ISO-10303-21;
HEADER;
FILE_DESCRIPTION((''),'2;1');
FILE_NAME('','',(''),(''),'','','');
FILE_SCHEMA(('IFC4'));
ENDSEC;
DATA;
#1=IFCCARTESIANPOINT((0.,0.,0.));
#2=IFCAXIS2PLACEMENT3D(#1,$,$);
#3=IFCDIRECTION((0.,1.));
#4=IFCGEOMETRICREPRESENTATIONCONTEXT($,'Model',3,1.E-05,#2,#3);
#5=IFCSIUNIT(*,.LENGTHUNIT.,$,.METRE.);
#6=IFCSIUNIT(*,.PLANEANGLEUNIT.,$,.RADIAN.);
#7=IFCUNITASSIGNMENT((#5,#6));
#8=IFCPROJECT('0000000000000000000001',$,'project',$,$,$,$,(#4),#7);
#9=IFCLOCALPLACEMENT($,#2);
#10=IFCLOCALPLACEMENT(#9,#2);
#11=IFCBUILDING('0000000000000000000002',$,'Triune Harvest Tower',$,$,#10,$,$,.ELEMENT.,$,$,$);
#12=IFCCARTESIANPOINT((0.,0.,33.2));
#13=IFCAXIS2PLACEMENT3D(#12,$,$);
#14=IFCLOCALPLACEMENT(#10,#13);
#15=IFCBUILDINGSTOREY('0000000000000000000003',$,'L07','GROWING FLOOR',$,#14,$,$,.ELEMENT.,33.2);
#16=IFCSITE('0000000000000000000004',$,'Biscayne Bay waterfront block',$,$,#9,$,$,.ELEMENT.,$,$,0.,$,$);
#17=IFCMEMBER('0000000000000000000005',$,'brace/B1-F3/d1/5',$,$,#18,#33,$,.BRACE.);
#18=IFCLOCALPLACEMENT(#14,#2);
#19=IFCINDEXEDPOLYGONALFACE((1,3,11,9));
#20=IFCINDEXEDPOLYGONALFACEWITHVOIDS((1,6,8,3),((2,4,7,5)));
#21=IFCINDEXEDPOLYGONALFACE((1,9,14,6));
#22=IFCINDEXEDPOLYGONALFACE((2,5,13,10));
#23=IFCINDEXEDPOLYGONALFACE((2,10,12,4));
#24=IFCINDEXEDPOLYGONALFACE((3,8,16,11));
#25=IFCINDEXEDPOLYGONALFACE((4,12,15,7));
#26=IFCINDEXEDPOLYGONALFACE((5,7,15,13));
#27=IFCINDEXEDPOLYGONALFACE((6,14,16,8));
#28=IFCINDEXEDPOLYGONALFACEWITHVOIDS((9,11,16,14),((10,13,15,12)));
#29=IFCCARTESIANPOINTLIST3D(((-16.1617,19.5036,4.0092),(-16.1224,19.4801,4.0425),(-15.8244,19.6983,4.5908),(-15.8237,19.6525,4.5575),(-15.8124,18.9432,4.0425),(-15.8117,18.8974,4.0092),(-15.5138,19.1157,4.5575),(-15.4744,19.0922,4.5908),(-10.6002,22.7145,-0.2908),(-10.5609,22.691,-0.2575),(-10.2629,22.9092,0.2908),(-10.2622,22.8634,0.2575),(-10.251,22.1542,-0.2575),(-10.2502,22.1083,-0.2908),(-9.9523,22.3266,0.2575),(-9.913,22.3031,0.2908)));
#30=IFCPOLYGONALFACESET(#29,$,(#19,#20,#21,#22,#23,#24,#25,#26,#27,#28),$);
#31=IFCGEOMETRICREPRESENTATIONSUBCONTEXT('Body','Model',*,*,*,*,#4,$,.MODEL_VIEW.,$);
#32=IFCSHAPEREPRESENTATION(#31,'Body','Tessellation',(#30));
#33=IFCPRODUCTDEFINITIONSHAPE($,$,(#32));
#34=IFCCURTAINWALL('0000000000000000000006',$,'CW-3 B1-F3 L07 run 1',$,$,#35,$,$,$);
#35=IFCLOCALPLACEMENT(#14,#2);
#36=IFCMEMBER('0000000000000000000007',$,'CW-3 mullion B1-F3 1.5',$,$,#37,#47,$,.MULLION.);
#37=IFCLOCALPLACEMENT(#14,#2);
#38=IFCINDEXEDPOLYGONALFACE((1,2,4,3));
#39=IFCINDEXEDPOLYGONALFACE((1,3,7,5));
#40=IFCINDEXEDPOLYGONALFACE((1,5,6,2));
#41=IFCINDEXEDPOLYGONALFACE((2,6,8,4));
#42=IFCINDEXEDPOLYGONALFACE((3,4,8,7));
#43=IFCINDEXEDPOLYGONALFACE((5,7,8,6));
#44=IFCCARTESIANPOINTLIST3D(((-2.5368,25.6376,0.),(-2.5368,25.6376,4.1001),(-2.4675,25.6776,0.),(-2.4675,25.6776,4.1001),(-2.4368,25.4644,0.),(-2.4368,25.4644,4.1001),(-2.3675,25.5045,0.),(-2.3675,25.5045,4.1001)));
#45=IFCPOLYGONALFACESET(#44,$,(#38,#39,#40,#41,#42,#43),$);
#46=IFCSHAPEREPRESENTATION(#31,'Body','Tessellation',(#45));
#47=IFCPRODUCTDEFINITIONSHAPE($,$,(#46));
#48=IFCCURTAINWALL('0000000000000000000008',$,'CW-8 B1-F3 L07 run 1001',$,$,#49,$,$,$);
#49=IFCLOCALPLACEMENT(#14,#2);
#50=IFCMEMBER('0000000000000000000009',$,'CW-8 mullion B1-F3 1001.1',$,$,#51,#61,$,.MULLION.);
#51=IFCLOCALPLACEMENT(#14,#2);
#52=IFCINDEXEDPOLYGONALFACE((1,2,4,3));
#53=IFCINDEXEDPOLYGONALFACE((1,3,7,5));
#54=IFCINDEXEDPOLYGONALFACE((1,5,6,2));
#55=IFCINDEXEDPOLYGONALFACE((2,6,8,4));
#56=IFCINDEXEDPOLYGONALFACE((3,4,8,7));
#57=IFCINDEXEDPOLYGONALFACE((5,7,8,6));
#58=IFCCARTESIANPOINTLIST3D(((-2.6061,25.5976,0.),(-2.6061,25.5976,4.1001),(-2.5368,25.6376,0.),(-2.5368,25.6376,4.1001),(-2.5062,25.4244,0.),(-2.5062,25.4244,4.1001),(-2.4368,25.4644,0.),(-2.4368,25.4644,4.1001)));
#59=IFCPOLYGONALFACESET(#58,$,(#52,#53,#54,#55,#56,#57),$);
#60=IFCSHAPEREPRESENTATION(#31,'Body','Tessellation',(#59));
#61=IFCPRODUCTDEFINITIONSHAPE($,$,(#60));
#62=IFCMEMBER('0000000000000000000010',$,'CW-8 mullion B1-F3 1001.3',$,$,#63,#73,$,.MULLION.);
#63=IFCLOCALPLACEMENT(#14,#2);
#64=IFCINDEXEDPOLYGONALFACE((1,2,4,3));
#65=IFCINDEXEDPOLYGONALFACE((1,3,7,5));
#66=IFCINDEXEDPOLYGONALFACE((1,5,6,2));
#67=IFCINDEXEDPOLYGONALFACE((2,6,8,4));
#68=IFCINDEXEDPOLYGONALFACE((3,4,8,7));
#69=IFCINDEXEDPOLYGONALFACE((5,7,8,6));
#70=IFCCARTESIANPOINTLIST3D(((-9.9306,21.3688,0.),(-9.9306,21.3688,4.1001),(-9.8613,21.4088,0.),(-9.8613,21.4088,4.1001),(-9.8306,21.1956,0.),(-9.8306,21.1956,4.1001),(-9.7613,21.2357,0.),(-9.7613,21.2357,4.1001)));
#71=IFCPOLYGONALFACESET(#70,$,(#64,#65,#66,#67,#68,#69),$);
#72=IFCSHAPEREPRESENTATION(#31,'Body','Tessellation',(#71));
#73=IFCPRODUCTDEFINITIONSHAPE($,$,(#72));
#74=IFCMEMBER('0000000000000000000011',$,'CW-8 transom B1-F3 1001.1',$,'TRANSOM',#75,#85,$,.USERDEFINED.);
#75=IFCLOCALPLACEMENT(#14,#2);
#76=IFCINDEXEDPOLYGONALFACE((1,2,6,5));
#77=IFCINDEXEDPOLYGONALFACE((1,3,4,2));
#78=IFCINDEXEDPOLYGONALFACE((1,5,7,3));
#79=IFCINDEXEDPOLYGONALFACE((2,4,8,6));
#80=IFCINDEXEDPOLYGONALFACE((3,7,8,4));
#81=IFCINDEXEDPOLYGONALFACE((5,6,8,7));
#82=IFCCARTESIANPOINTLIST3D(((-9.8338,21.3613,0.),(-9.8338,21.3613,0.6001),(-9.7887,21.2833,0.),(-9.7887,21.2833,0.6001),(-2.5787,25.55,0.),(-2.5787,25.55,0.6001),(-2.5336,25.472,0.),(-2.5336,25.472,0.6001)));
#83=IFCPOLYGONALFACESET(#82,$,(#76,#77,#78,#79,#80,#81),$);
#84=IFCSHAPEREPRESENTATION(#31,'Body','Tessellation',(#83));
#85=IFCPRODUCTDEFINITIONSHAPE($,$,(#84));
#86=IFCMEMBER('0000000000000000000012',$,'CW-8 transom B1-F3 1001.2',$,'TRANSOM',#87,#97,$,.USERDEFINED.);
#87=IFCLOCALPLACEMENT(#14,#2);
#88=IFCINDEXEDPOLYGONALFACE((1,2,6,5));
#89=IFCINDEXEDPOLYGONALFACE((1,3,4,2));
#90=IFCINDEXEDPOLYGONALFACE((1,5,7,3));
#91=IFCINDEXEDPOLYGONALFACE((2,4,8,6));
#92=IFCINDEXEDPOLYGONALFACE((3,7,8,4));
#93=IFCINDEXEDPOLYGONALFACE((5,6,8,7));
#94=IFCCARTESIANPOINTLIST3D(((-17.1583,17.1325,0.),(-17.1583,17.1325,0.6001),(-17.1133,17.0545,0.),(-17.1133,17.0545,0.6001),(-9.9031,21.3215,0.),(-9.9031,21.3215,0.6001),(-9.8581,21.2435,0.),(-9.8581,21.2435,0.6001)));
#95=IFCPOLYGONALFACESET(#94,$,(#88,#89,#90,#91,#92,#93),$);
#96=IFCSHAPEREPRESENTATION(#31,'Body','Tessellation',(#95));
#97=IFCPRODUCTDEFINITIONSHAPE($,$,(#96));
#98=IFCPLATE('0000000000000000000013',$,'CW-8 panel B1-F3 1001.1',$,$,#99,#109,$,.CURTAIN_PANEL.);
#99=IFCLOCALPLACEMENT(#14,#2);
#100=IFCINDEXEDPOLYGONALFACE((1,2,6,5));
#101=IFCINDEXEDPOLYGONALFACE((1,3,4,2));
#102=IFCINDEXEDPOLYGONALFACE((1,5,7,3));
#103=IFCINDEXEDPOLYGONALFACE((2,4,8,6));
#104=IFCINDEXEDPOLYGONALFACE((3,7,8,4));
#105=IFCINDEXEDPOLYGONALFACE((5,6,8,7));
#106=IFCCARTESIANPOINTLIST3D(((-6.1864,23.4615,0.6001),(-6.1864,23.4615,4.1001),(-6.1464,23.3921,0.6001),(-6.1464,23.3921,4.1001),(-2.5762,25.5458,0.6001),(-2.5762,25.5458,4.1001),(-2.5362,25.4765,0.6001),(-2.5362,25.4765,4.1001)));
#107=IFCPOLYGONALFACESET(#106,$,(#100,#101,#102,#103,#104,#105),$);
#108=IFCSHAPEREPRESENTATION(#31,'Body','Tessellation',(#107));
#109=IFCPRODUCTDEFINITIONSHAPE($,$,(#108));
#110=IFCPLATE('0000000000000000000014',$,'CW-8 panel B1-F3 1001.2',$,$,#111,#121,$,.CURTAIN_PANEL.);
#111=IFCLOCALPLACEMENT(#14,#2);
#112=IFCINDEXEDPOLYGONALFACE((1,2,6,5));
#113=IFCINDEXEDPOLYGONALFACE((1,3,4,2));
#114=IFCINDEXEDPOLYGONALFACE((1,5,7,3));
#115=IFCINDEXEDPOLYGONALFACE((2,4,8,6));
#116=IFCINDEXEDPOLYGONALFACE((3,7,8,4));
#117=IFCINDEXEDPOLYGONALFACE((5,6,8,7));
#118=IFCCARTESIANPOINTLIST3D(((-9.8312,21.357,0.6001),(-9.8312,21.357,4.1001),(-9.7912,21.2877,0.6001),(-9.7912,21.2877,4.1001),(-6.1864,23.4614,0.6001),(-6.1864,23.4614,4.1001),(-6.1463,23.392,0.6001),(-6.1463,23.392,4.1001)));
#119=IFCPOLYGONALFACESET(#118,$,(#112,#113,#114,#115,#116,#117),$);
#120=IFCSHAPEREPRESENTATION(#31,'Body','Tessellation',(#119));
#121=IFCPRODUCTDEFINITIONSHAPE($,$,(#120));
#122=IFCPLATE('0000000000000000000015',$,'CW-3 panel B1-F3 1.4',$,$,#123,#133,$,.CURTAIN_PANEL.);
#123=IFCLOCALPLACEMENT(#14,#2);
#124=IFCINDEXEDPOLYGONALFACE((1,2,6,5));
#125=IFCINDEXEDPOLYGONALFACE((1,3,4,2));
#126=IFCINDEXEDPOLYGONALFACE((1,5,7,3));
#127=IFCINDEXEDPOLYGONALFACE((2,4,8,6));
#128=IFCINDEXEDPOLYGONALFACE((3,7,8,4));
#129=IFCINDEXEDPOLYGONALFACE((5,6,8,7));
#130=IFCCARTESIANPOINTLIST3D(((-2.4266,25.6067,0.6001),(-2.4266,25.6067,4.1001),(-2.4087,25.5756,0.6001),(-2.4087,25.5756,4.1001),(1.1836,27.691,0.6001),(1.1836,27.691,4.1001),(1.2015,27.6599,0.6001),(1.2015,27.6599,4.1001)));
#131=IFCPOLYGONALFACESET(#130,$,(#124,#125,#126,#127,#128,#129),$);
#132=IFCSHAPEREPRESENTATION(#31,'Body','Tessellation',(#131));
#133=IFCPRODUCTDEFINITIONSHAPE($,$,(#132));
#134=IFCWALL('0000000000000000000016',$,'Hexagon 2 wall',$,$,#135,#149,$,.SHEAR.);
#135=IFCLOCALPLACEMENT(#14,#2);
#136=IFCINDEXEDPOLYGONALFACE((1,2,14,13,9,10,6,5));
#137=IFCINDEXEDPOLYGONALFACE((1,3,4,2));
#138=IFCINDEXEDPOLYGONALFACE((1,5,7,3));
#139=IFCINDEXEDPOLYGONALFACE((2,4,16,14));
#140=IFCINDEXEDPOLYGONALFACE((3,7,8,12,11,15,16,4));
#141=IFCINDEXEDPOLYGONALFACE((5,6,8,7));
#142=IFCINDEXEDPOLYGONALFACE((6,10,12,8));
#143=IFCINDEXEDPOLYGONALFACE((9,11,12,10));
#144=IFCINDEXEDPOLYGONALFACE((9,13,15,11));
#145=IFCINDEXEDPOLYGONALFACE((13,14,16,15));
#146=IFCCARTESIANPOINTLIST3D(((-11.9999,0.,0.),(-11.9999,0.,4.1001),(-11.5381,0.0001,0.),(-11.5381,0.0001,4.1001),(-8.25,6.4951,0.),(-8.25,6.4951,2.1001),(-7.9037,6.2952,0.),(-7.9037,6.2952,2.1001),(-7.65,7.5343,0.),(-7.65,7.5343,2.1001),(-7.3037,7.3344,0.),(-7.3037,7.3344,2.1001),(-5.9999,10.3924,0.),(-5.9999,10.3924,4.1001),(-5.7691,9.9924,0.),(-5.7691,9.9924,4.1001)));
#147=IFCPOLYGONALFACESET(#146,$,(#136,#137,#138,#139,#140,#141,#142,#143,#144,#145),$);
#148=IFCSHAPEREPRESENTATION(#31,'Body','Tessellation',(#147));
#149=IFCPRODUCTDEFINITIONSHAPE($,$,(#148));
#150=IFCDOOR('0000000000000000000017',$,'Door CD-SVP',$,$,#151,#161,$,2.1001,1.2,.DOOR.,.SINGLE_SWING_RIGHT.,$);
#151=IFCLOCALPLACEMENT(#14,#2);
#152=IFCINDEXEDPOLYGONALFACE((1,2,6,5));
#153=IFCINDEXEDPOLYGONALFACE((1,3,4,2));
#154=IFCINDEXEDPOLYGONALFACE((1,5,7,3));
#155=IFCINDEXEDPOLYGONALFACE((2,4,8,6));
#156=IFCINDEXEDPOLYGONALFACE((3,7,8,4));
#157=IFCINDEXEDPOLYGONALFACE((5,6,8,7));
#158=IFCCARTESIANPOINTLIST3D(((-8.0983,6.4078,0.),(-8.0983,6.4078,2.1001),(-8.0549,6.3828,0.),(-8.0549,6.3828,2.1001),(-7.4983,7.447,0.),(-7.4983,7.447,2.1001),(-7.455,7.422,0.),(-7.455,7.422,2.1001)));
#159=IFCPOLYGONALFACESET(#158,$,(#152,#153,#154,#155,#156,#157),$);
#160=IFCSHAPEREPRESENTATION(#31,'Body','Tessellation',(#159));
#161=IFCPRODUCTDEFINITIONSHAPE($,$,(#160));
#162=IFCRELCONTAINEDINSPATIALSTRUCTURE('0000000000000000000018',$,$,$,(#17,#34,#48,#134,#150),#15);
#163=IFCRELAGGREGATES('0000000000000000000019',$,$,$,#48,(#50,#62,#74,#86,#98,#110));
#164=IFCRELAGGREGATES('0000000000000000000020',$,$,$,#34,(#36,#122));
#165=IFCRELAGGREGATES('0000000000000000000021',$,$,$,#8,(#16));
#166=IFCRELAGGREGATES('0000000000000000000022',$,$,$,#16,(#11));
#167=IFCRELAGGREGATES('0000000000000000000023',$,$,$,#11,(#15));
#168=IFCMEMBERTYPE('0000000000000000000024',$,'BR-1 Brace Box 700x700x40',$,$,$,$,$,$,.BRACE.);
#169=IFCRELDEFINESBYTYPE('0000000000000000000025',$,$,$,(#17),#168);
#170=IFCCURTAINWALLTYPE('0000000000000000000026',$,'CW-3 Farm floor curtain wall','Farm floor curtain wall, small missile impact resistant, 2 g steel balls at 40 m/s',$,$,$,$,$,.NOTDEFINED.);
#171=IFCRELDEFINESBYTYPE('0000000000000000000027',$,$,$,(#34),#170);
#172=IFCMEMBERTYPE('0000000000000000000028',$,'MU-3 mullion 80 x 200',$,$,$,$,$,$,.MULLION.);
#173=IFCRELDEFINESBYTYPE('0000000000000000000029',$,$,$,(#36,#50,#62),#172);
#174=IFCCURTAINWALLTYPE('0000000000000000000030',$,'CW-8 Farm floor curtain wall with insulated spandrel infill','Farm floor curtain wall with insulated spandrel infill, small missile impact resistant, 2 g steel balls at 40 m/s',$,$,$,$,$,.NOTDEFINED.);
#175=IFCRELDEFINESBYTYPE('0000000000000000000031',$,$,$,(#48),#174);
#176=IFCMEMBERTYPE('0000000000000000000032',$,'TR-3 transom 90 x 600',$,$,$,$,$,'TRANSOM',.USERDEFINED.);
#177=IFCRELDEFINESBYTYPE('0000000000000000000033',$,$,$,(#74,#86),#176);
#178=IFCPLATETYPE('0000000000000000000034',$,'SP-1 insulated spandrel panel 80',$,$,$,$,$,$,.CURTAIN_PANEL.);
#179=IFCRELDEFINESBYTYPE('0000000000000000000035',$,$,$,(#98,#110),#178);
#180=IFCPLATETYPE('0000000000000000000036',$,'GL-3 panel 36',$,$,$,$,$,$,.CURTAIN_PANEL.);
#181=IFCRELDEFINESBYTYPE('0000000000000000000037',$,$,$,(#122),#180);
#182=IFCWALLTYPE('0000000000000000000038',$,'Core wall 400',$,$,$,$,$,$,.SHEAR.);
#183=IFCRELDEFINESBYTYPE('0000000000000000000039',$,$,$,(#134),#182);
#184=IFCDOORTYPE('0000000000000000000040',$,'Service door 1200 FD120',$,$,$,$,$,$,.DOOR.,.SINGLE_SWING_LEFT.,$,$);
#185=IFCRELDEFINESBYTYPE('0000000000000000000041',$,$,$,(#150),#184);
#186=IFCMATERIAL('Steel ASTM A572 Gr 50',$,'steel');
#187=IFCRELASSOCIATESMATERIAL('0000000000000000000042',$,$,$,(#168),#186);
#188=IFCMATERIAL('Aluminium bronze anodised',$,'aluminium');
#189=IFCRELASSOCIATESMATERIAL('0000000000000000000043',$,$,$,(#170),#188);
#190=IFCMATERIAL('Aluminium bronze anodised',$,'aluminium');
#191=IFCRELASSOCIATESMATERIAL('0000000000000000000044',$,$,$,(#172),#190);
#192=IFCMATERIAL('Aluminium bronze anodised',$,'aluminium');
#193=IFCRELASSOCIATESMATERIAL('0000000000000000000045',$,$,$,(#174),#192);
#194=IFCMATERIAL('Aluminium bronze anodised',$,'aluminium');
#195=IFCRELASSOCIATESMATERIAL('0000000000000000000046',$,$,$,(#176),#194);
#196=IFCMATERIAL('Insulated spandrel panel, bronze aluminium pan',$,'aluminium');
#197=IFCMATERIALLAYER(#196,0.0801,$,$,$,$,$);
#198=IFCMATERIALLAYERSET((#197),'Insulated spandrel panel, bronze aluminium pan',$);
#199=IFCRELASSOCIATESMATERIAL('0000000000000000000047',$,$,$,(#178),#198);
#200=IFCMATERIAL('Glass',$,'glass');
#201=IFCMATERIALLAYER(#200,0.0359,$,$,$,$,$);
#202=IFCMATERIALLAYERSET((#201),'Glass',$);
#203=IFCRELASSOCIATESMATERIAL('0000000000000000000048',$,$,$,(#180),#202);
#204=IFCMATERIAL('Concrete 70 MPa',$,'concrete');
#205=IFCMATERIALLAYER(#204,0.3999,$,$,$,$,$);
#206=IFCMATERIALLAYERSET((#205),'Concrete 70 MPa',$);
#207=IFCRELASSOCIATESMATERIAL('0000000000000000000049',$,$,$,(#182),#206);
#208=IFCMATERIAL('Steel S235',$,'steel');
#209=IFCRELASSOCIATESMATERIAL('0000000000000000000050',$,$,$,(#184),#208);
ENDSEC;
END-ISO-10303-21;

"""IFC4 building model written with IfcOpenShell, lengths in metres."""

from ifc_helpers import new_model, si_unit, direction, frame, frame_2d, origin, origin_2d, place, context, subcontext, project, spatial, polyline, rectangle, hollow_rectangle, outline, extrude, source, transform, mapped, material, layer, layer_set, material_profile, profile_set, type_object, element, fill, aggregate, save


model = new_model("IFC4")

# Units and contexts
model_context = context("Model", 3, precision=1e-05, world=origin(), true_north=direction((0.0, 1.0)))
body_context = subcontext(model_context, "Body", "Model", "MODEL_VIEW")
ifc_project = project(units=[si_unit("LENGTHUNIT", "METRE"), si_unit("PLANEANGLEUNIT", "RADIAN")], contexts=[model_context])

# Site, building, storey
site_placement = place(None, origin())
site = spatial("IfcSite", under=ifc_project, at=site_placement, Name="Biscayne Bay waterfront block", CompositionType="ELEMENT", RefElevation=0.0)
building_placement = place(site_placement, origin())
building = spatial("IfcBuilding", under=site, at=building_placement, Name="Triune Harvest Tower", CompositionType="ELEMENT")
storey_placement = place(building_placement, frame((0.0, 0.0, 33.2)))
storey = spatial("IfcBuildingStorey", under=building, at=storey_placement, Name="L07", Description="GROWING FLOOR", CompositionType="ELEMENT", Elevation=33.2)

# Member
ifc_material_1 = material(Name="Steel ASTM A572 Gr 50", Category="steel")
ifc_material_profile_1 = material_profile(ifc_material_1, hollow_rectangle(XDim=0.7, YDim=0.7, WallThickness=0.04, at=origin_2d()), Name="Box 700x700x40")
ifc_profile_set_1 = profile_set([ifc_material_profile_1], Name="Steel ASTM A572 Gr 50")
member_type_1 = type_object("IfcMemberType", Name="BR-1 Brace Box 700x700x40", PredefinedType="BRACE", material=ifc_profile_set_1)
shared_shape_1 = source(origin(), body_context, "Body", "SweptSolid", [
    extrude(hollow_rectangle(XDim=0.7, YDim=0.7, WallThickness=0.04, at=origin_2d()), origin(), (0.0, 0.0, 1.0), 7.7285),
])
member_1_placement = place(storey_placement, frame((-10.2566, 22.5088, 0.0), z_axis=(-0.719604, -0.415462, 0.556382), x_axis=(0.499999, -0.866026, 0.0)))
element("IfcMember", 1, at=member_1_placement, inside=storey, type_object=member_type_1, Name="brace/B1-F3/d1/5", PredefinedType="BRACE", context=body_context, shape_type="MappedRepresentation", body=[
    mapped(shared_shape_1, transform((0.0, 0.0, 0.0), scale=1.0)),
])

# Curtain wall, member
ifc_material_2 = material(Name="Aluminium bronze anodised", Category="aluminium")
curtain_wall_type_1 = type_object("IfcCurtainWallType", Name="CW-3 Farm floor curtain wall", Description="Farm floor curtain wall, small missile impact resistant, 2 g steel balls at 40 m/s", PredefinedType="NOTDEFINED", material=ifc_material_2)
curtain_wall_1_placement = place(storey_placement, origin())
curtain_wall_1 = element("IfcCurtainWall", 2, at=curtain_wall_1_placement, inside=storey, type_object=curtain_wall_type_1, Name="CW-3 B1-F3 L07 run 1")
ifc_material_3 = material(Name="Aluminium bronze anodised", Category="aluminium")
ifc_material_profile_2 = material_profile(ifc_material_3, rectangle(XDim=0.2, YDim=0.0801, at=origin_2d()), Name="MU-3 mullion 80 x 200")
ifc_profile_set_2 = profile_set([ifc_material_profile_2], Name="Aluminium bronze anodised")
member_type_2 = type_object("IfcMemberType", Name="MU-3 mullion 80 x 200", PredefinedType="MULLION", material=ifc_profile_set_2)
shared_shape_2 = source(origin(), body_context, "Body", "SweptSolid", [
    extrude(rectangle(XDim=0.2, YDim=0.0801, at=origin_2d()), origin(), (0.0, 0.0, 1.0), 4.1001),
])
member_2_placement = place(storey_placement, frame((-2.4521, 25.571, 0.0), z_axis=(0.0, 0.0, 1.0), x_axis=(0.500001, -0.866025, 0.0)))
member_2 = element("IfcMember", 3, at=member_2_placement, type_object=member_type_2, Name="CW-3 mullion B1-F3 1.5", PredefinedType="MULLION", context=body_context, shape_type="MappedRepresentation", body=[
    mapped(shared_shape_2, transform((0.0, 0.0, 0.0), scale=1.0)),
])

# Curtain wall, members, plates
ifc_material_4 = material(Name="Aluminium bronze anodised", Category="aluminium")
curtain_wall_type_2 = type_object("IfcCurtainWallType", Name="CW-8 Farm floor curtain wall with insulated spandrel infill", Description="Farm floor curtain wall with insulated spandrel infill, small missile impact resistant, 2 g steel balls at 40 m/s", PredefinedType="NOTDEFINED", material=ifc_material_4)
curtain_wall_2_placement = place(storey_placement, origin())
curtain_wall_2 = element("IfcCurtainWall", 4, at=curtain_wall_2_placement, inside=storey, type_object=curtain_wall_type_2, Name="CW-8 B1-F3 L07 run 1001")
member_3_placement = place(storey_placement, frame((-2.5215, 25.531, 0.0), z_axis=(0.0, 0.0, 1.0), x_axis=(0.5, -0.866025, 0.0)))
member_3 = element("IfcMember", 5, at=member_3_placement, type_object=member_type_2, Name="CW-8 mullion B1-F3 1001.1", PredefinedType="MULLION", context=body_context, shape_type="MappedRepresentation", body=[
    mapped(shared_shape_2, transform((0.0, 0.0, 0.0), scale=1.0)),
])
member_4_placement = place(storey_placement, frame((-9.8459, 21.3022, 0.0), z_axis=(0.0, 0.0, 1.0), x_axis=(0.5, -0.866025, 0.0)))
member_4 = element("IfcMember", 6, at=member_4_placement, type_object=member_type_2, Name="CW-8 mullion B1-F3 1001.3", PredefinedType="MULLION", context=body_context, shape_type="MappedRepresentation", body=[
    mapped(shared_shape_2, transform((0.0, 0.0, 0.0), scale=1.0)),
])
ifc_material_5 = material(Name="Aluminium bronze anodised", Category="aluminium")
ifc_material_profile_3 = material_profile(ifc_material_5, rectangle(XDim=0.0901, YDim=0.6001, at=origin_2d()), Name="TR-3 transom 90 x 600")
ifc_profile_set_3 = profile_set([ifc_material_profile_3], Name="Aluminium bronze anodised")
member_type_3 = type_object("IfcMemberType", Name="TR-3 transom 90 x 600", ElementType="TRANSOM", PredefinedType="USERDEFINED", material=ifc_profile_set_3)
shared_shape_3 = source(origin(), body_context, "Body", "SweptSolid", [
    extrude(rectangle(XDim=0.0901, YDim=0.6001, at=origin_2d()), origin(), (0.0, 0.0, 1.0), 8.3774),
])
member_5_placement = place(storey_placement, frame((-2.5562, 25.511, 0.3), z_axis=(-0.866027, -0.499997, 0.0), x_axis=(0.499997, -0.866027, 0.0)))
member_5 = element("IfcMember", 7, at=member_5_placement, type_object=member_type_3, Name="CW-8 transom B1-F3 1001.1", ObjectType="TRANSOM", PredefinedType="USERDEFINED", context=body_context, shape_type="MappedRepresentation", body=[
    mapped(shared_shape_3, transform((0.0, 0.0, 0.0), scale=1.0)),
])
shared_shape_4 = source(origin(), body_context, "Body", "SweptSolid", [
    extrude(rectangle(XDim=0.0901, YDim=0.6001, at=origin_2d()), origin(), (0.0, 0.0, 1.0), 8.3777),
])
member_6_placement = place(storey_placement, frame((-9.8806, 21.2825, 0.3), z_axis=(-0.866014, -0.500019, 0.0), x_axis=(0.500019, -0.866014, 0.0)))
member_6 = element("IfcMember", 8, at=member_6_placement, type_object=member_type_3, Name="CW-8 transom B1-F3 1001.2", ObjectType="TRANSOM", PredefinedType="USERDEFINED", context=body_context, shape_type="MappedRepresentation", body=[
    mapped(shared_shape_4, transform((0.0, 0.0, 0.0), scale=1.0)),
])
ifc_material_6 = material(Name="Insulated spandrel panel, bronze aluminium pan", Category="aluminium")
ifc_layer_1 = layer(ifc_material_6, 0.0801)
ifc_layer_set_1 = layer_set([ifc_layer_1], Name="Insulated spandrel panel, bronze aluminium pan")
plate_type_1 = type_object("IfcPlateType", Name="SP-1 insulated spandrel panel 80", PredefinedType="CURTAIN_PANEL", material=ifc_layer_set_1)
shared_shape_5 = source(origin(), body_context, "Body", "SweptSolid", [
    extrude(rectangle(XDim=4.1687, YDim=0.0801, at=origin_2d()), origin(), (0.0, 0.0, 1.0), 3.5),
])
plate_1_placement = place(storey_placement, frame((-4.3613, 24.469, 0.6001), z_axis=(0.0, 0.0, 1.0), x_axis=(-0.866025, -0.5, 0.0)))
plate_1 = element("IfcPlate", 9, at=plate_1_placement, type_object=plate_type_1, Name="CW-8 panel B1-F3 1001.1", PredefinedType="CURTAIN_PANEL", context=body_context, shape_type="MappedRepresentation", body=[
    mapped(shared_shape_5, transform((0.0, 0.0, 0.0), scale=1.0)),
])
shared_shape_6 = source(origin(), body_context, "Body", "SweptSolid", [
    extrude(rectangle(XDim=4.2087, YDim=0.0801, at=origin_2d()), origin(), (0.0, 0.0, 1.0), 3.5),
])
plate_2_placement = place(storey_placement, frame((-7.9888, 22.3745, 0.6001), z_axis=(0.0, 0.0, 1.0), x_axis=(-0.866025, -0.5, 0.0)))
plate_2 = element("IfcPlate", 10, at=plate_2_placement, type_object=plate_type_1, Name="CW-8 panel B1-F3 1001.2", PredefinedType="CURTAIN_PANEL", context=body_context, shape_type="MappedRepresentation", body=[
    mapped(shared_shape_6, transform((0.0, 0.0, 0.0), scale=1.0)),
])
aggregate(curtain_wall_2, [member_3, member_4, member_5, member_6, plate_1, plate_2])

# Plate
ifc_material_7 = material(Name="Glass", Category="glass")
ifc_layer_2 = layer(ifc_material_7, 0.0359)
ifc_layer_set_2 = layer_set([ifc_layer_2], Name="Glass")
plate_type_2 = type_object("IfcPlateType", Name="GL-3 panel 36", PredefinedType="CURTAIN_PANEL", material=ifc_layer_set_2)
shared_shape_7 = source(origin(), body_context, "Body", "SweptSolid", [
    extrude(rectangle(XDim=4.1687, YDim=0.0359, at=origin_2d()), origin(), (0.0, 0.0, 1.0), 3.5),
])
plate_3_placement = place(storey_placement, frame((-0.6125, 26.6333, 0.6001), z_axis=(0.0, 0.0, 1.0), x_axis=(-0.866025, -0.500001, 0.0)))
plate_3 = element("IfcPlate", 11, at=plate_3_placement, type_object=plate_type_2, Name="CW-3 panel B1-F3 1.4", PredefinedType="CURTAIN_PANEL", context=body_context, shape_type="MappedRepresentation", body=[
    mapped(shared_shape_7, transform((0.0, 0.0, 0.0), scale=1.0)),
])
aggregate(curtain_wall_1, [member_2, plate_3])

# Wall, opening, door
ifc_material_8 = material(Name="Concrete 70 MPa", Category="concrete")
ifc_layer_3 = layer(ifc_material_8, 0.3999)
ifc_layer_set_3 = layer_set([ifc_layer_3], Name="Concrete 70 MPa")
wall_type_1 = type_object("IfcWallType", Name="Core wall 400", PredefinedType="SHEAR", material=ifc_layer_set_3)
shared_shape_8 = source(origin(), body_context, "Body", "SweptSolid", [
    extrude(outline(polyline([(-0.1155, -0.2), (11.8845, -0.2), (11.6536, 0.2), (0.1155, 0.2), (-0.1155, -0.2)])), origin(), (0.0, 0.0, 1.0), 4.1001),
])
wall_1_placement = place(storey_placement, frame((-5.8845, 10.1924, 0.0), z_axis=(0.0, 0.0, 1.0), x_axis=(-0.499997, -0.866027, 0.0)))
wall_1 = element("IfcWall", 12, at=wall_1_placement, inside=storey, type_object=wall_type_1, Name="Hexagon 2 wall", PredefinedType="SHEAR", context=body_context, shape_type="MappedRepresentation", body=[
    mapped(shared_shape_8, transform((0.0, 0.0, 0.0), scale=1.0)),
])
opening_1_placement = place(wall_1_placement, frame((3.1846, 0.0, 0.0)))
opening_1 = element("IfcOpeningElement", 13, at=opening_1_placement, cuts=wall_1, PredefinedType="OPENING", context=body_context, shape_type="SweptSolid", body=[
    extrude(rectangle(XDim=1.2, YDim=2.1001, at=frame_2d((0.6001, 1.05))), frame((0.0, 0.21, 0.0), z_axis=(0.0, -1.0, 0.0), x_axis=(1.0, 0.0, 0.0)), (0.0, 0.0, 1.0), 0.4199),
])
ifc_material_9 = material(Name="Steel S235", Category="steel")
door_type_1 = type_object("IfcDoorType", Name="Service door 1200 FD120", OperationType="SINGLE_SWING_LEFT", PredefinedType="DOOR", material=ifc_material_9)
door_1_placement = place(opening_1_placement, frame((1.2, 0.0, 0.0), z_axis=(0.0, 0.0, 1.0), x_axis=(-1.0, 0.0, 0.0)))
door_1 = element("IfcDoor", 14, at=door_1_placement, inside=storey, type_object=door_type_1, Name="Door CD-SVP", OperationType="SINGLE_SWING_RIGHT", OverallHeight=2.1001, OverallWidth=1.2, PredefinedType="DOOR", context=body_context, shape_type="SweptSolid", body=[
    extrude(rectangle(XDim=1.2, YDim=2.1001, at=frame_2d((0.6001, 1.05))), frame((0.0, 0.0249, 0.0), z_axis=(0.0, -1.0, 0.0), x_axis=(1.0, 0.0, 0.0)), (0.0, 0.0, 1.0), 0.05),
])
fill(opening_1, door_1)

save(model, "model.ifc")
